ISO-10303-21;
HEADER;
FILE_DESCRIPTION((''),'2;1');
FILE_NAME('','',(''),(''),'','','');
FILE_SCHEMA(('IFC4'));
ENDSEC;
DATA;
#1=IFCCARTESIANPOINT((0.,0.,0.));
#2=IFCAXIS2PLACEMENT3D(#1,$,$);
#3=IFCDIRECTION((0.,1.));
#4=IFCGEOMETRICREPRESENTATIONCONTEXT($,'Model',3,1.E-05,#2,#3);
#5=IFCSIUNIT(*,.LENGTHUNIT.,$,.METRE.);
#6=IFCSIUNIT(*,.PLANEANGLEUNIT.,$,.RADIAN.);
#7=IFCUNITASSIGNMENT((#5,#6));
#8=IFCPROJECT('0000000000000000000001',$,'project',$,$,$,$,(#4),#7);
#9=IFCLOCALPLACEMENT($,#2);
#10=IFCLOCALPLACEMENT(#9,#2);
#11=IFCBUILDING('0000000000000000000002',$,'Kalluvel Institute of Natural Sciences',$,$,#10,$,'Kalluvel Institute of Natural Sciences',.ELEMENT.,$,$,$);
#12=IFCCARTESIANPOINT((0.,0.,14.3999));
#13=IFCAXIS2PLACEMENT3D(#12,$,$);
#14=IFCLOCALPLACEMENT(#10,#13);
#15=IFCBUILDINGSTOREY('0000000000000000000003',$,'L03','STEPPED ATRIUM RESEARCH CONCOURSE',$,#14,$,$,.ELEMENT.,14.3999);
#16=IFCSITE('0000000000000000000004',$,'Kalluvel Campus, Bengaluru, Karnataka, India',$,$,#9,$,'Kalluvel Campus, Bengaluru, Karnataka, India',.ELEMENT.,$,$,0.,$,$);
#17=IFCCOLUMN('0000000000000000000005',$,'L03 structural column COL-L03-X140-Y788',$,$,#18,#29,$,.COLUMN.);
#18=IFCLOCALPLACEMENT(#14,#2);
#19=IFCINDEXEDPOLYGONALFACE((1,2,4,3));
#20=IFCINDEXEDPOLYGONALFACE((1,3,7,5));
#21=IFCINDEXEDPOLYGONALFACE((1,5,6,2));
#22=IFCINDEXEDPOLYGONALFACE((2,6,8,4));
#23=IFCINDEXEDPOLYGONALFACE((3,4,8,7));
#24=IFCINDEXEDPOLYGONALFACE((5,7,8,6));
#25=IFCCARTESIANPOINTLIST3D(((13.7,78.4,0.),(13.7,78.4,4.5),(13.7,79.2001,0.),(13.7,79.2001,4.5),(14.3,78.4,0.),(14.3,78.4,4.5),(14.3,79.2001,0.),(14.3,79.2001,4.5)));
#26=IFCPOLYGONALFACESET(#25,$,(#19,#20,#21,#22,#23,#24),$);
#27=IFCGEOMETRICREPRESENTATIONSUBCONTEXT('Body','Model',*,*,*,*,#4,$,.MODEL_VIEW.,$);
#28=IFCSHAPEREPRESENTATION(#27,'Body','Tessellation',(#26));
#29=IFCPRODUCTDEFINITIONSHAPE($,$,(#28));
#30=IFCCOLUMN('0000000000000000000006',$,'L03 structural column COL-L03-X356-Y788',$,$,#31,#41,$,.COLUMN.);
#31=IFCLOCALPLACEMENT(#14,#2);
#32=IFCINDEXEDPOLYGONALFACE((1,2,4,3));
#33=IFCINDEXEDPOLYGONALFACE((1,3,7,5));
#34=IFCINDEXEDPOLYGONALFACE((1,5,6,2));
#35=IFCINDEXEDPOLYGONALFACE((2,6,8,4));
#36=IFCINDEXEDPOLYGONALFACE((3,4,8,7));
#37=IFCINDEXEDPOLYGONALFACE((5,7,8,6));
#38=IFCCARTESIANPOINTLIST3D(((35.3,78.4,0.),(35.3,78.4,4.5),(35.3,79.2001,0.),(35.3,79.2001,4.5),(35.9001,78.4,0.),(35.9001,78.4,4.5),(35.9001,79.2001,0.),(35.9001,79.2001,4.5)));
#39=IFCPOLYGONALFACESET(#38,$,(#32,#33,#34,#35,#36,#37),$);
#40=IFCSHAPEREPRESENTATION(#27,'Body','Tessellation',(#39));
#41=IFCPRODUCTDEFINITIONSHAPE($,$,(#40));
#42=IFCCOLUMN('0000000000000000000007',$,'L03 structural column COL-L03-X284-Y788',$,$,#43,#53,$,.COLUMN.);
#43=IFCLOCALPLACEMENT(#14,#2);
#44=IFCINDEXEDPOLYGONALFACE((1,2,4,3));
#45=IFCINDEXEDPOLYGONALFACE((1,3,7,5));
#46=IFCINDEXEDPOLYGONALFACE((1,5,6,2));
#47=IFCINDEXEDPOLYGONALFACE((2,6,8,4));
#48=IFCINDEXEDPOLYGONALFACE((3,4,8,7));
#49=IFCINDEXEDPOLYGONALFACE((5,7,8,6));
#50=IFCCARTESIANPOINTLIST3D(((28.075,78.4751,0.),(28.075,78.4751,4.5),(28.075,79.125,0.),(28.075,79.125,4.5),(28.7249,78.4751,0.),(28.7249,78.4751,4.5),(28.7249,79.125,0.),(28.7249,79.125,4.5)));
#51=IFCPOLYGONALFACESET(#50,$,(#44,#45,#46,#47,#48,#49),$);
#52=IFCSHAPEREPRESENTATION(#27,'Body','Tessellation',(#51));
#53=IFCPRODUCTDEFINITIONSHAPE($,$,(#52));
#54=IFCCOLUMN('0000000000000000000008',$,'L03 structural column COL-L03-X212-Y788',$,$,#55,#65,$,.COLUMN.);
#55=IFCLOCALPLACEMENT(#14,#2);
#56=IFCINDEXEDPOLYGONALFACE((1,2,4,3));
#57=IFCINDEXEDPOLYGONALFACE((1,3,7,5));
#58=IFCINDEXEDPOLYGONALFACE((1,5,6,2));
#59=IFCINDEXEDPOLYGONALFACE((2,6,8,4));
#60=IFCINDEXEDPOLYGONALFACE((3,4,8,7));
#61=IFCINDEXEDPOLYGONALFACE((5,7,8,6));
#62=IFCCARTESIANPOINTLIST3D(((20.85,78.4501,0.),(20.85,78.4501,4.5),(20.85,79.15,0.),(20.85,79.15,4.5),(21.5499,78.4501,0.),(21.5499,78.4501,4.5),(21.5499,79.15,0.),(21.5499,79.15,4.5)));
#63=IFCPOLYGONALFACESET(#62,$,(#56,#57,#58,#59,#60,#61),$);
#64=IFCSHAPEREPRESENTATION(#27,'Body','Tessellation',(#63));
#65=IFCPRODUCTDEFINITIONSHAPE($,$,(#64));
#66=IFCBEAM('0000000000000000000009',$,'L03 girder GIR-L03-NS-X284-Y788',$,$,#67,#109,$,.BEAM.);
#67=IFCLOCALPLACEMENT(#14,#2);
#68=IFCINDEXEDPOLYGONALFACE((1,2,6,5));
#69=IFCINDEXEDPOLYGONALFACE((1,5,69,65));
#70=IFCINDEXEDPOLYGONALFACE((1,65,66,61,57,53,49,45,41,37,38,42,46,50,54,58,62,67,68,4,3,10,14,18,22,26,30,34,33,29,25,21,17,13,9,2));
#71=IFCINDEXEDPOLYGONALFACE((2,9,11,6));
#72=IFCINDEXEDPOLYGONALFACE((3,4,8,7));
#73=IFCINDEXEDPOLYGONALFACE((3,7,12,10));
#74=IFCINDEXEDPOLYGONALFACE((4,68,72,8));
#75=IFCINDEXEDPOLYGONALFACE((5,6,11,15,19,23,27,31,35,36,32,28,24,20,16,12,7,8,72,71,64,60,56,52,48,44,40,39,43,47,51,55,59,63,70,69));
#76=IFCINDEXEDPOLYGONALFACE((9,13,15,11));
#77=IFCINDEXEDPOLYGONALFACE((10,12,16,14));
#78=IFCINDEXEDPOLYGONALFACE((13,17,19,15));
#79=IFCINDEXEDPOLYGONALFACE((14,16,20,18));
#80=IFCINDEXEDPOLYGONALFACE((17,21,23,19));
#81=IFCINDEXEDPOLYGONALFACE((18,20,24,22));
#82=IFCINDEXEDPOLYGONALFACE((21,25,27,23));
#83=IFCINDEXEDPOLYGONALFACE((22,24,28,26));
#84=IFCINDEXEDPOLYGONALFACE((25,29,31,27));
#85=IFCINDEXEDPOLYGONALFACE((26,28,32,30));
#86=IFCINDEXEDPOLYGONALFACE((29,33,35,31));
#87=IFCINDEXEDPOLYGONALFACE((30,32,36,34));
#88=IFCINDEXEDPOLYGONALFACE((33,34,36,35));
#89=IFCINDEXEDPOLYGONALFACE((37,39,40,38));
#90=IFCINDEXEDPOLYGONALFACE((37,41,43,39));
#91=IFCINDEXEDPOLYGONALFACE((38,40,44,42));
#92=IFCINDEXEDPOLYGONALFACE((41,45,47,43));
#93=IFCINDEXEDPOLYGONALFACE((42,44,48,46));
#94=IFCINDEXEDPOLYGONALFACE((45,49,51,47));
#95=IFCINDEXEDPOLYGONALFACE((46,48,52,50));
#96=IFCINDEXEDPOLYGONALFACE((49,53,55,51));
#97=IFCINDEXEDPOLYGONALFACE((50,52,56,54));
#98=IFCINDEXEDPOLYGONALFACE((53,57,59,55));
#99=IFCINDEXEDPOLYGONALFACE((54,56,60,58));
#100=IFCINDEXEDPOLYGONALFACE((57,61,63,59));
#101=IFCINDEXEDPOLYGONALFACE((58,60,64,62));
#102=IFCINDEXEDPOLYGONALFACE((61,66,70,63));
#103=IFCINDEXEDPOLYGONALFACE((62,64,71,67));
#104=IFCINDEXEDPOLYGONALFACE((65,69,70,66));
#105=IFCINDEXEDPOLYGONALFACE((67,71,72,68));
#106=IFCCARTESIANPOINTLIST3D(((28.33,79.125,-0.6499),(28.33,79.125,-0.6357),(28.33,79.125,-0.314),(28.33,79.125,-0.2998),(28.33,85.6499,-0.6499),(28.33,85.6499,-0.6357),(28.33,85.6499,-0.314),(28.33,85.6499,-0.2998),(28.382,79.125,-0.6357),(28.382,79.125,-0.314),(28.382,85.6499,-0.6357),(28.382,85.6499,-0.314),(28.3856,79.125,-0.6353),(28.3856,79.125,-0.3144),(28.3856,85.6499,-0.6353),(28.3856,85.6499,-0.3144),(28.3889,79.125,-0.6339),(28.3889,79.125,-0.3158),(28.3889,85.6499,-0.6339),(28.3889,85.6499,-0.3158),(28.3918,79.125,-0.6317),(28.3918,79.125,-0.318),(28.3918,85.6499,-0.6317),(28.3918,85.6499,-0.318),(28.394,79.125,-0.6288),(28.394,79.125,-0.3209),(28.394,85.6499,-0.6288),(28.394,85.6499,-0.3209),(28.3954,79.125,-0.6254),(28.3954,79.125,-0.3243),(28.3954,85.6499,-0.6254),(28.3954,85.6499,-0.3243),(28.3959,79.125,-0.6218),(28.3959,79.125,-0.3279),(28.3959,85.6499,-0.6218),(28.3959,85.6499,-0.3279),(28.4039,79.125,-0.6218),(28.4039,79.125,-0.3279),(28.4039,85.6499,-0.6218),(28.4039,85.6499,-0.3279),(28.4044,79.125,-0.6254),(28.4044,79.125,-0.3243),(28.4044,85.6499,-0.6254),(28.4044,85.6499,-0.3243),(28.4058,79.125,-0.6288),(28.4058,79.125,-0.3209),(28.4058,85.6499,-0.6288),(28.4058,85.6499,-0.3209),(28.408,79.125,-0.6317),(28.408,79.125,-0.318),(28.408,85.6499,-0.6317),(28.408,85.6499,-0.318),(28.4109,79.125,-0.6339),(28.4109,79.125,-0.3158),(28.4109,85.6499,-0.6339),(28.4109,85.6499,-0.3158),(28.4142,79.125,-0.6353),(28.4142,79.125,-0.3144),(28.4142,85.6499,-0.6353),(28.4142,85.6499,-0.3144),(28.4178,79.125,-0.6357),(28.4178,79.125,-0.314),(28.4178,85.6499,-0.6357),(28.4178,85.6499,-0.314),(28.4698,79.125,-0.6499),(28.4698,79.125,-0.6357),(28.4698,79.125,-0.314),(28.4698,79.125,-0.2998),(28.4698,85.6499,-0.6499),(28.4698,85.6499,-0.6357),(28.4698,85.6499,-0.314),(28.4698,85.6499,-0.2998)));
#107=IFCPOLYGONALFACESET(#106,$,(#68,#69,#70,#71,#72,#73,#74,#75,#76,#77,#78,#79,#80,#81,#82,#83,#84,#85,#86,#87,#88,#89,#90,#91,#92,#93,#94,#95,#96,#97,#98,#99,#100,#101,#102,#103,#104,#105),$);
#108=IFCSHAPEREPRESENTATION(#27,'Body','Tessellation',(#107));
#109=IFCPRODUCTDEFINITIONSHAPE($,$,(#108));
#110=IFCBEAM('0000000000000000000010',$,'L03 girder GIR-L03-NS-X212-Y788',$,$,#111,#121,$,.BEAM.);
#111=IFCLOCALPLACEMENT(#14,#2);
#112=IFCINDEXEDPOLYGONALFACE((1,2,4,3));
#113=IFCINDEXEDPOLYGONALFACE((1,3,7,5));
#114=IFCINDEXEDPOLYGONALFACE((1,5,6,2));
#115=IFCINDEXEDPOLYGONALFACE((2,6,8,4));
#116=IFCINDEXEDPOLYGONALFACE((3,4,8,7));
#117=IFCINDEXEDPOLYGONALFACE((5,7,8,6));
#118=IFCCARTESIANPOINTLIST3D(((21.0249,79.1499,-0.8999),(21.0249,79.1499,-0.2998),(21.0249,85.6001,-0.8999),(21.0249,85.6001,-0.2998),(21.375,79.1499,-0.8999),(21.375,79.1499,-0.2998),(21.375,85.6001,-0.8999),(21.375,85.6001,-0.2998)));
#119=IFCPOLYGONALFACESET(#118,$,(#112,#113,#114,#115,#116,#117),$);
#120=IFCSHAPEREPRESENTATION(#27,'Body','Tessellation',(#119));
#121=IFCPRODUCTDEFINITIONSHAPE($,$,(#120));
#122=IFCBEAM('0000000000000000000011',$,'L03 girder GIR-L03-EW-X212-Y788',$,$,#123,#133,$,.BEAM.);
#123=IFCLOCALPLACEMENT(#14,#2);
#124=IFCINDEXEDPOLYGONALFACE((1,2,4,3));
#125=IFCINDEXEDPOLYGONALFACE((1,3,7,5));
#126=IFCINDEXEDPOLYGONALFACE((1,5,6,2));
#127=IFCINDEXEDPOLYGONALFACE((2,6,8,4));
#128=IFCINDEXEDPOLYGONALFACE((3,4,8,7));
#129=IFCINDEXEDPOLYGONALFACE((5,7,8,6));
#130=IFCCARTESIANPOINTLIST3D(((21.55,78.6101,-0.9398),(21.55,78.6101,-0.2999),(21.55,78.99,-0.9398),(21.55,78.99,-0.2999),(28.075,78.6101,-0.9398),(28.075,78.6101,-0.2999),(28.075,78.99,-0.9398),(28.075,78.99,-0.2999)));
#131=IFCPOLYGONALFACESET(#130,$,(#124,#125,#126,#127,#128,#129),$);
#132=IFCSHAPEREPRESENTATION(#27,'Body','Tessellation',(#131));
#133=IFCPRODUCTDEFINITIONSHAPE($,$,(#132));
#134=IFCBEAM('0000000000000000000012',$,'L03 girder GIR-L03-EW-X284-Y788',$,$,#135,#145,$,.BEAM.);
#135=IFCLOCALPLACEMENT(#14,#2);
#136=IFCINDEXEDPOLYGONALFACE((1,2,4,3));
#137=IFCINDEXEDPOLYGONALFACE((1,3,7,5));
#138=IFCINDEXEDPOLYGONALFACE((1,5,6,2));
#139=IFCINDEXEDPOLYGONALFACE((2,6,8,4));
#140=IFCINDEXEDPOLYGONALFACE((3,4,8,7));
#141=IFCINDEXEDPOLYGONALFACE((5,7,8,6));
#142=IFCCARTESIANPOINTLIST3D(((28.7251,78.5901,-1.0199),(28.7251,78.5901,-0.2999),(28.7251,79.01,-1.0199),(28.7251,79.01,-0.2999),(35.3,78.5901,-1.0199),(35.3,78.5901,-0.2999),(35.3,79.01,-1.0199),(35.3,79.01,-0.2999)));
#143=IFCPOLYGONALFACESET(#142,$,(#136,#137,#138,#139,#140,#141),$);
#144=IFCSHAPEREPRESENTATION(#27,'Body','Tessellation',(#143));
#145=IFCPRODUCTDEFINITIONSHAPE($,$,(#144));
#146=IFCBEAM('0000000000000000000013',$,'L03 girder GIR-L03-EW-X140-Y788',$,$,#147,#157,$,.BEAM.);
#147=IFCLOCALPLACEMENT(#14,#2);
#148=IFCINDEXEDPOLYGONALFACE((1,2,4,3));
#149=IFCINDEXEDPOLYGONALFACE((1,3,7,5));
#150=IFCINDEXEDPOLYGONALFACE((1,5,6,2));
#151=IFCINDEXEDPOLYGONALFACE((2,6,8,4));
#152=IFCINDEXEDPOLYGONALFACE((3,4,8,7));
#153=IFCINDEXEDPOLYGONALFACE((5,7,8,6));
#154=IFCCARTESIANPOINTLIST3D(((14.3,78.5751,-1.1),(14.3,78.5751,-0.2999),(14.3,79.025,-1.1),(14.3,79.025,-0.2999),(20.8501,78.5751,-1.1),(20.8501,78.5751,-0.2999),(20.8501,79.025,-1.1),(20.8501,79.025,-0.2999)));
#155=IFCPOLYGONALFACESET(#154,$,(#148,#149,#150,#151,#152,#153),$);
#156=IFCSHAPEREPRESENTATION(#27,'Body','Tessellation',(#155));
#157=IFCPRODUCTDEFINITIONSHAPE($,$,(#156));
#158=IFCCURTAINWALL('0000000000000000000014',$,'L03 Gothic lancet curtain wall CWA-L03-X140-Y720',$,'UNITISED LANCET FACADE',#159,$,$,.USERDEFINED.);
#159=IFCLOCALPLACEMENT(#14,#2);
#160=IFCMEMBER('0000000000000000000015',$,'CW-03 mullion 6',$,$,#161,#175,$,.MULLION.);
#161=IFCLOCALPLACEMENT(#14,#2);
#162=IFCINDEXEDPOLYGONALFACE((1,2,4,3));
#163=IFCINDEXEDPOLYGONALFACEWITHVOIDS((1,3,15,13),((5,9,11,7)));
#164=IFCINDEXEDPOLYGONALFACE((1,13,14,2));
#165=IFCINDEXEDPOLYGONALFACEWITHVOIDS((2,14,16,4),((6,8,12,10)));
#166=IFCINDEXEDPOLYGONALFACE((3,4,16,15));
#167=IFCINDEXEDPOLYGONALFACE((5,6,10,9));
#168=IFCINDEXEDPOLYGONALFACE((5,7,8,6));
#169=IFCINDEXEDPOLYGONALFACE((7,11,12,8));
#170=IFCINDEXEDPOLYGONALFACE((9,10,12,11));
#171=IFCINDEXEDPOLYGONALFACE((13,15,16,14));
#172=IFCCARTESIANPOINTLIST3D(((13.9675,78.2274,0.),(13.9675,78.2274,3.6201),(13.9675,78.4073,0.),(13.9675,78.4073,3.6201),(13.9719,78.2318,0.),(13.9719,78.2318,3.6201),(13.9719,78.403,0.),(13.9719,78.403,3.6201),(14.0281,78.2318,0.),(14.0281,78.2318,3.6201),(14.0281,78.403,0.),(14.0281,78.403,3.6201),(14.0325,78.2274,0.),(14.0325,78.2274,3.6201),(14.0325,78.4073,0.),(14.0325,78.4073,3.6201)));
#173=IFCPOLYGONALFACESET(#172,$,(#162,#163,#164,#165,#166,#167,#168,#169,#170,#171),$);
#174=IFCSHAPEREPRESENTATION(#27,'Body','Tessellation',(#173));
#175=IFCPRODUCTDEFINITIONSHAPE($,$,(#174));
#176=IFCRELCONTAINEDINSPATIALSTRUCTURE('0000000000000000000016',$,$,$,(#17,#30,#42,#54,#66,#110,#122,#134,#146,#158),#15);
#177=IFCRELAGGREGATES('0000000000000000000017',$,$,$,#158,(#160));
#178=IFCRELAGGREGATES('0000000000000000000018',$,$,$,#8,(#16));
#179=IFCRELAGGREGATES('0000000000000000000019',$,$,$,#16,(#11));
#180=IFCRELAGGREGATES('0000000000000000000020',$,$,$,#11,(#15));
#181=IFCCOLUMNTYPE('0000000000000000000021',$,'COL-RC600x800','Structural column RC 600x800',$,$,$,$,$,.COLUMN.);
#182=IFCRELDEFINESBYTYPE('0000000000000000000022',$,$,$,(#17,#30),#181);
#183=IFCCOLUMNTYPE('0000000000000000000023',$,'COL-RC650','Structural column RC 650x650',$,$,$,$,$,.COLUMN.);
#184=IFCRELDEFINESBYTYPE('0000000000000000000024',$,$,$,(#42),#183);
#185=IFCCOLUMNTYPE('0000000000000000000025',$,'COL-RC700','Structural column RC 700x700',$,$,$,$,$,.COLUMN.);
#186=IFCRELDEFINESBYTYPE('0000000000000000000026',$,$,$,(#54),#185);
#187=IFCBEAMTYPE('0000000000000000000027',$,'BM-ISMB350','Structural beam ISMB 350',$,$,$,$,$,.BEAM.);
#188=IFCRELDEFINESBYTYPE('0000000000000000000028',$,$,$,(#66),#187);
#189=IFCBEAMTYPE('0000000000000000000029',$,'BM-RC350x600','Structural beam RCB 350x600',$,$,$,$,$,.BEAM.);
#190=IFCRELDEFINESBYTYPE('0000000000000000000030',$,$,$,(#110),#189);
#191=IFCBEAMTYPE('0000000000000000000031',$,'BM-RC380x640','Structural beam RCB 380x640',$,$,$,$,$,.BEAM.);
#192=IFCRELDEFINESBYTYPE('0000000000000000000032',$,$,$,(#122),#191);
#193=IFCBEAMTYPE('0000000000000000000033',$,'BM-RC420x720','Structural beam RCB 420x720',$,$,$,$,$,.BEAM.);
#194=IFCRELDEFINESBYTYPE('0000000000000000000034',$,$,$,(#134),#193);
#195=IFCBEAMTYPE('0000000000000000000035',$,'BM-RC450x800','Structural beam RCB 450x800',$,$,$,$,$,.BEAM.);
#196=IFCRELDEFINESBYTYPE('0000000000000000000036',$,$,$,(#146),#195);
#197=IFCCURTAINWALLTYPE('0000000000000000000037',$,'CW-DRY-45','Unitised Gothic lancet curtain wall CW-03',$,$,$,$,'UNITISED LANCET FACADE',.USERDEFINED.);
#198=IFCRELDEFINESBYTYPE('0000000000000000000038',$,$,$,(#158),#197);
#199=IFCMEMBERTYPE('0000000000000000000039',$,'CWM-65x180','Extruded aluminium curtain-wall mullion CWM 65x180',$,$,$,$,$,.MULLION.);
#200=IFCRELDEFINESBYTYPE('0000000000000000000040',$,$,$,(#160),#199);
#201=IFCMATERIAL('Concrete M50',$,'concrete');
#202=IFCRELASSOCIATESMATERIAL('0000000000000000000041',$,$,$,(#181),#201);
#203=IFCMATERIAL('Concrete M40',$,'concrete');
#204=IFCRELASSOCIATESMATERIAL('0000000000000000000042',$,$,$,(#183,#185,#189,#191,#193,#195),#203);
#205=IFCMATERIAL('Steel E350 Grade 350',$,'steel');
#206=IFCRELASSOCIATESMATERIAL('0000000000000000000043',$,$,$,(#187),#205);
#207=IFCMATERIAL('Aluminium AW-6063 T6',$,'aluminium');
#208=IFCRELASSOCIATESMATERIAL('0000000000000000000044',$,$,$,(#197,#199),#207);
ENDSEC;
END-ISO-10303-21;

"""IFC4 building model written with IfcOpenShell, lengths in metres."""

from ifc_helpers import new_model, si_unit, direction, frame, origin, origin_2d, place, context, subcontext, project, spatial, rectangle, hollow_rectangle, i_section, extrude, material, material_profile, profile_set, type_object, element, aggregate, save


model = new_model("IFC4")

# Units and contexts
model_context = context("Model", 3, precision=1e-05, world=origin(), true_north=direction((0.0, 1.0)))
body_context = subcontext(model_context, "Body", "Model", "MODEL_VIEW")
ifc_project = project(units=[si_unit("LENGTHUNIT", "METRE"), si_unit("PLANEANGLEUNIT", "RADIAN")], contexts=[model_context])

# Site, building, storey
site_placement = place(None, origin())
site = spatial("IfcSite", under=ifc_project, at=site_placement, Name="Kalluvel Campus, Bengaluru, Karnataka, India", LongName="Kalluvel Campus, Bengaluru, Karnataka, India", CompositionType="ELEMENT", RefElevation=0.0)
building_placement = place(site_placement, origin())
building = spatial("IfcBuilding", under=site, at=building_placement, Name="Kalluvel Institute of Natural Sciences", LongName="Kalluvel Institute of Natural Sciences", CompositionType="ELEMENT")
storey_placement = place(building_placement, frame((0.0, 0.0, 14.3999)))
storey = spatial("IfcBuildingStorey", under=building, at=storey_placement, Name="L03", Description="STEPPED ATRIUM RESEARCH CONCOURSE", CompositionType="ELEMENT", Elevation=14.3999)

# Columns
ifc_material_1 = material(Name="Concrete M50", Category="concrete")
ifc_material_profile_1 = material_profile(ifc_material_1, rectangle(XDim=0.6001, YDim=0.8, at=origin_2d()), Name="RC 600x800")
ifc_profile_set_1 = profile_set([ifc_material_profile_1], Name="Concrete M50")
column_type_1 = type_object("IfcColumnType", Name="COL-RC600x800", Description="Structural column RC 600x800", PredefinedType="COLUMN", material=ifc_profile_set_1)
for number, where, z_axis, x_axis, name in (
    (1, (14.0, 78.8, 0.0), (0.0, 0.0, 1.0), (1.0, 0.0, 0.0), "L03 structural column COL-L03-X140-Y788"),
    (2, (35.6001, 78.8, 0.0), (0.0, 0.0, 1.0), (1.0, 0.0, 0.0), "L03 structural column COL-L03-X356-Y788"),
):
    element("IfcColumn", number, at=place(storey_placement, frame(where, z_axis=z_axis, x_axis=x_axis)), inside=storey, type_object=column_type_1, Name=name, PredefinedType="COLUMN", context=body_context, shape_type="SweptSolid", body=[
        extrude(rectangle(XDim=0.6001, YDim=0.8, at=origin_2d()), origin(), (0.0, 0.0, 1.0), 4.5),
    ])
ifc_material_2 = material(Name="Concrete M40", Category="concrete")
ifc_material_profile_2 = material_profile(ifc_material_2, rectangle(XDim=0.6499, YDim=0.6499, at=origin_2d()), Name="RC 650x650")
ifc_profile_set_2 = profile_set([ifc_material_profile_2], Name="Concrete M40")
column_type_2 = type_object("IfcColumnType", Name="COL-RC650", Description="Structural column RC 650x650", PredefinedType="COLUMN", material=ifc_profile_set_2)
column_1_placement = place(storey_placement, frame((28.3999, 78.8, 0.0), z_axis=(0.0, 0.0, 1.0), x_axis=(1.0, 0.0, 0.0)))
element("IfcColumn", 3, at=column_1_placement, inside=storey, type_object=column_type_2, Name="L03 structural column COL-L03-X284-Y788", PredefinedType="COLUMN", context=body_context, shape_type="SweptSolid", body=[
    extrude(rectangle(XDim=0.6499, YDim=0.6499, at=origin_2d()), origin(), (0.0, 0.0, 1.0), 4.5),
])
ifc_material_profile_3 = material_profile(ifc_material_2, rectangle(XDim=0.7, YDim=0.7, at=origin_2d()), Name="RC 700x700")
ifc_profile_set_3 = profile_set([ifc_material_profile_3], Name="Concrete M40")
column_type_3 = type_object("IfcColumnType", Name="COL-RC700", Description="Structural column RC 700x700", PredefinedType="COLUMN", material=ifc_profile_set_3)
column_2_placement = place(storey_placement, frame((21.2, 78.8, 0.0), z_axis=(0.0, 0.0, 1.0), x_axis=(1.0, 0.0, 0.0)))
element("IfcColumn", 4, at=column_2_placement, inside=storey, type_object=column_type_3, Name="L03 structural column COL-L03-X212-Y788", PredefinedType="COLUMN", context=body_context, shape_type="SweptSolid", body=[
    extrude(rectangle(XDim=0.7, YDim=0.7, at=origin_2d()), origin(), (0.0, 0.0, 1.0), 4.5),
])

# Beams
ifc_material_3 = material(Name="Steel E350 Grade 350", Category="steel")
ifc_material_profile_4 = material_profile(ifc_material_3, i_section(OverallWidth=0.1399, OverallDepth=0.3501, WebThickness=0.0081, FlangeThickness=0.0142, FilletRadius=0.0139, at=origin_2d()), Name="ISMB 350")
ifc_profile_set_4 = profile_set([ifc_material_profile_4], Name="Steel E350 Grade 350")
beam_type_1 = type_object("IfcBeamType", Name="BM-ISMB350", Description="Structural beam ISMB 350", PredefinedType="BEAM", material=ifc_profile_set_4)
beam_1_placement = place(storey_placement, frame((28.3999, 79.125, -0.4749), z_axis=(0.0, 1.0, 0.0), x_axis=(-1.0, 0.0, 0.0)))
element("IfcBeam", 5, at=beam_1_placement, inside=storey, type_object=beam_type_1, Name="L03 girder GIR-L03-NS-X284-Y788", PredefinedType="BEAM", context=body_context, shape_type="SweptSolid", body=[
    extrude(i_section(OverallWidth=0.1399, OverallDepth=0.3501, WebThickness=0.0081, FlangeThickness=0.0142, FilletRadius=0.0139, at=origin_2d()), origin(), (0.0, 0.0, 1.0), 6.5249),
])
ifc_material_profile_5 = material_profile(ifc_material_2, rectangle(XDim=0.3501, YDim=0.6001, at=origin_2d()), Name="RCB 350x600")
ifc_profile_set_5 = profile_set([ifc_material_profile_5], Name="Concrete M40")
beam_type_2 = type_object("IfcBeamType", Name="BM-RC350x600", Description="Structural beam RCB 350x600", PredefinedType="BEAM", material=ifc_profile_set_5)
beam_2_placement = place(storey_placement, frame((21.2, 79.1499, -0.5999), z_axis=(0.0, 1.0, 0.0), x_axis=(-1.0, 0.0, 0.0)))
element("IfcBeam", 6, at=beam_2_placement, inside=storey, type_object=beam_type_2, Name="L03 girder GIR-L03-NS-X212-Y788", PredefinedType="BEAM", context=body_context, shape_type="SweptSolid", body=[
    extrude(rectangle(XDim=0.3501, YDim=0.6001, at=origin_2d()), origin(), (0.0, 0.0, 1.0), 6.4502),
])
ifc_material_profile_6 = material_profile(ifc_material_2, rectangle(XDim=0.3799, YDim=0.6399, at=origin_2d()), Name="RCB 380x640")
ifc_profile_set_6 = profile_set([ifc_material_profile_6], Name="Concrete M40")
beam_type_3 = type_object("IfcBeamType", Name="BM-RC380x640", Description="Structural beam RCB 380x640", PredefinedType="BEAM", material=ifc_profile_set_6)
beam_3_placement = place(storey_placement, frame((21.55, 78.8, -0.6199), z_axis=(1.0, 0.0, 0.0), x_axis=(0.0, 1.0, 0.0)))
element("IfcBeam", 7, at=beam_3_placement, inside=storey, type_object=beam_type_3, Name="L03 girder GIR-L03-EW-X212-Y788", PredefinedType="BEAM", context=body_context, shape_type="SweptSolid", body=[
    extrude(rectangle(XDim=0.3799, YDim=0.6399, at=origin_2d()), origin(), (0.0, 0.0, 1.0), 6.5249),
])
ifc_material_profile_7 = material_profile(ifc_material_2, rectangle(XDim=0.4199, YDim=0.72, at=origin_2d()), Name="RCB 420x720")
ifc_profile_set_7 = profile_set([ifc_material_profile_7], Name="Concrete M40")
beam_type_4 = type_object("IfcBeamType", Name="BM-RC420x720", Description="Structural beam RCB 420x720", PredefinedType="BEAM", material=ifc_profile_set_7)
beam_4_placement = place(storey_placement, frame((28.7251, 78.8, -0.6599), z_axis=(1.0, 0.0, 0.0), x_axis=(0.0, 1.0, 0.0)))
element("IfcBeam", 8, at=beam_4_placement, inside=storey, type_object=beam_type_4, Name="L03 girder GIR-L03-EW-X284-Y788", PredefinedType="BEAM", context=body_context, shape_type="SweptSolid", body=[
    extrude(rectangle(XDim=0.4199, YDim=0.72, at=origin_2d()), origin(), (0.0, 0.0, 1.0), 6.575),
])
ifc_material_profile_8 = material_profile(ifc_material_2, rectangle(XDim=0.45, YDim=0.8, at=origin_2d()), Name="RCB 450x800")
ifc_profile_set_8 = profile_set([ifc_material_profile_8], Name="Concrete M40")
beam_type_5 = type_object("IfcBeamType", Name="BM-RC450x800", Description="Structural beam RCB 450x800", PredefinedType="BEAM", material=ifc_profile_set_8)
beam_5_placement = place(storey_placement, frame((14.3, 78.8, -0.7), z_axis=(1.0, 0.0, 0.0), x_axis=(0.0, 1.0, 0.0)))
element("IfcBeam", 9, at=beam_5_placement, inside=storey, type_object=beam_type_5, Name="L03 girder GIR-L03-EW-X140-Y788", PredefinedType="BEAM", context=body_context, shape_type="SweptSolid", body=[
    extrude(rectangle(XDim=0.45, YDim=0.8, at=origin_2d()), origin(), (0.0, 0.0, 1.0), 6.55),
])

# Curtain wall, member
ifc_material_4 = material(Name="Aluminium AW-6063 T6", Category="aluminium")
curtain_wall_type = type_object("IfcCurtainWallType", Name="CW-DRY-45", Description="Unitised Gothic lancet curtain wall CW-03", ElementType="UNITISED LANCET FACADE", PredefinedType="USERDEFINED", material=ifc_material_4)
curtain_wall_placement = place(storey_placement, origin())
curtain_wall = element("IfcCurtainWall", 10, at=curtain_wall_placement, inside=storey, type_object=curtain_wall_type, Name="L03 Gothic lancet curtain wall CWA-L03-X140-Y720", ObjectType="UNITISED LANCET FACADE", PredefinedType="USERDEFINED")
ifc_material_profile_9 = material_profile(ifc_material_4, hollow_rectangle(XDim=0.0649, YDim=0.1799, WallThickness=0.0044, at=origin_2d()), Name="CWM 65x180")
ifc_profile_set_9 = profile_set([ifc_material_profile_9], Name="Aluminium AW-6063 T6")
member_type_1 = type_object("IfcMemberType", Name="CWM-65x180", Description="Extruded aluminium curtain-wall mullion CWM 65x180", PredefinedType="MULLION", material=ifc_profile_set_9)
member_1_placement = place(storey_placement, frame((14.0, 78.3174, 0.0), z_axis=(0.0, 0.0, 1.0), x_axis=(-1.0, 0.0, 0.0)))
member_1 = element("IfcMember", 11, at=member_1_placement, type_object=member_type_1, Name="CW-03 mullion 6", PredefinedType="MULLION", context=body_context, shape_type="SweptSolid", body=[
    extrude(hollow_rectangle(XDim=0.0649, YDim=0.1799, WallThickness=0.0044, at=origin_2d()), origin(), (0.0, 0.0, 1.0), 3.6201),
])

aggregate(curtain_wall, [member_1])

save(model, "model.ifc")
